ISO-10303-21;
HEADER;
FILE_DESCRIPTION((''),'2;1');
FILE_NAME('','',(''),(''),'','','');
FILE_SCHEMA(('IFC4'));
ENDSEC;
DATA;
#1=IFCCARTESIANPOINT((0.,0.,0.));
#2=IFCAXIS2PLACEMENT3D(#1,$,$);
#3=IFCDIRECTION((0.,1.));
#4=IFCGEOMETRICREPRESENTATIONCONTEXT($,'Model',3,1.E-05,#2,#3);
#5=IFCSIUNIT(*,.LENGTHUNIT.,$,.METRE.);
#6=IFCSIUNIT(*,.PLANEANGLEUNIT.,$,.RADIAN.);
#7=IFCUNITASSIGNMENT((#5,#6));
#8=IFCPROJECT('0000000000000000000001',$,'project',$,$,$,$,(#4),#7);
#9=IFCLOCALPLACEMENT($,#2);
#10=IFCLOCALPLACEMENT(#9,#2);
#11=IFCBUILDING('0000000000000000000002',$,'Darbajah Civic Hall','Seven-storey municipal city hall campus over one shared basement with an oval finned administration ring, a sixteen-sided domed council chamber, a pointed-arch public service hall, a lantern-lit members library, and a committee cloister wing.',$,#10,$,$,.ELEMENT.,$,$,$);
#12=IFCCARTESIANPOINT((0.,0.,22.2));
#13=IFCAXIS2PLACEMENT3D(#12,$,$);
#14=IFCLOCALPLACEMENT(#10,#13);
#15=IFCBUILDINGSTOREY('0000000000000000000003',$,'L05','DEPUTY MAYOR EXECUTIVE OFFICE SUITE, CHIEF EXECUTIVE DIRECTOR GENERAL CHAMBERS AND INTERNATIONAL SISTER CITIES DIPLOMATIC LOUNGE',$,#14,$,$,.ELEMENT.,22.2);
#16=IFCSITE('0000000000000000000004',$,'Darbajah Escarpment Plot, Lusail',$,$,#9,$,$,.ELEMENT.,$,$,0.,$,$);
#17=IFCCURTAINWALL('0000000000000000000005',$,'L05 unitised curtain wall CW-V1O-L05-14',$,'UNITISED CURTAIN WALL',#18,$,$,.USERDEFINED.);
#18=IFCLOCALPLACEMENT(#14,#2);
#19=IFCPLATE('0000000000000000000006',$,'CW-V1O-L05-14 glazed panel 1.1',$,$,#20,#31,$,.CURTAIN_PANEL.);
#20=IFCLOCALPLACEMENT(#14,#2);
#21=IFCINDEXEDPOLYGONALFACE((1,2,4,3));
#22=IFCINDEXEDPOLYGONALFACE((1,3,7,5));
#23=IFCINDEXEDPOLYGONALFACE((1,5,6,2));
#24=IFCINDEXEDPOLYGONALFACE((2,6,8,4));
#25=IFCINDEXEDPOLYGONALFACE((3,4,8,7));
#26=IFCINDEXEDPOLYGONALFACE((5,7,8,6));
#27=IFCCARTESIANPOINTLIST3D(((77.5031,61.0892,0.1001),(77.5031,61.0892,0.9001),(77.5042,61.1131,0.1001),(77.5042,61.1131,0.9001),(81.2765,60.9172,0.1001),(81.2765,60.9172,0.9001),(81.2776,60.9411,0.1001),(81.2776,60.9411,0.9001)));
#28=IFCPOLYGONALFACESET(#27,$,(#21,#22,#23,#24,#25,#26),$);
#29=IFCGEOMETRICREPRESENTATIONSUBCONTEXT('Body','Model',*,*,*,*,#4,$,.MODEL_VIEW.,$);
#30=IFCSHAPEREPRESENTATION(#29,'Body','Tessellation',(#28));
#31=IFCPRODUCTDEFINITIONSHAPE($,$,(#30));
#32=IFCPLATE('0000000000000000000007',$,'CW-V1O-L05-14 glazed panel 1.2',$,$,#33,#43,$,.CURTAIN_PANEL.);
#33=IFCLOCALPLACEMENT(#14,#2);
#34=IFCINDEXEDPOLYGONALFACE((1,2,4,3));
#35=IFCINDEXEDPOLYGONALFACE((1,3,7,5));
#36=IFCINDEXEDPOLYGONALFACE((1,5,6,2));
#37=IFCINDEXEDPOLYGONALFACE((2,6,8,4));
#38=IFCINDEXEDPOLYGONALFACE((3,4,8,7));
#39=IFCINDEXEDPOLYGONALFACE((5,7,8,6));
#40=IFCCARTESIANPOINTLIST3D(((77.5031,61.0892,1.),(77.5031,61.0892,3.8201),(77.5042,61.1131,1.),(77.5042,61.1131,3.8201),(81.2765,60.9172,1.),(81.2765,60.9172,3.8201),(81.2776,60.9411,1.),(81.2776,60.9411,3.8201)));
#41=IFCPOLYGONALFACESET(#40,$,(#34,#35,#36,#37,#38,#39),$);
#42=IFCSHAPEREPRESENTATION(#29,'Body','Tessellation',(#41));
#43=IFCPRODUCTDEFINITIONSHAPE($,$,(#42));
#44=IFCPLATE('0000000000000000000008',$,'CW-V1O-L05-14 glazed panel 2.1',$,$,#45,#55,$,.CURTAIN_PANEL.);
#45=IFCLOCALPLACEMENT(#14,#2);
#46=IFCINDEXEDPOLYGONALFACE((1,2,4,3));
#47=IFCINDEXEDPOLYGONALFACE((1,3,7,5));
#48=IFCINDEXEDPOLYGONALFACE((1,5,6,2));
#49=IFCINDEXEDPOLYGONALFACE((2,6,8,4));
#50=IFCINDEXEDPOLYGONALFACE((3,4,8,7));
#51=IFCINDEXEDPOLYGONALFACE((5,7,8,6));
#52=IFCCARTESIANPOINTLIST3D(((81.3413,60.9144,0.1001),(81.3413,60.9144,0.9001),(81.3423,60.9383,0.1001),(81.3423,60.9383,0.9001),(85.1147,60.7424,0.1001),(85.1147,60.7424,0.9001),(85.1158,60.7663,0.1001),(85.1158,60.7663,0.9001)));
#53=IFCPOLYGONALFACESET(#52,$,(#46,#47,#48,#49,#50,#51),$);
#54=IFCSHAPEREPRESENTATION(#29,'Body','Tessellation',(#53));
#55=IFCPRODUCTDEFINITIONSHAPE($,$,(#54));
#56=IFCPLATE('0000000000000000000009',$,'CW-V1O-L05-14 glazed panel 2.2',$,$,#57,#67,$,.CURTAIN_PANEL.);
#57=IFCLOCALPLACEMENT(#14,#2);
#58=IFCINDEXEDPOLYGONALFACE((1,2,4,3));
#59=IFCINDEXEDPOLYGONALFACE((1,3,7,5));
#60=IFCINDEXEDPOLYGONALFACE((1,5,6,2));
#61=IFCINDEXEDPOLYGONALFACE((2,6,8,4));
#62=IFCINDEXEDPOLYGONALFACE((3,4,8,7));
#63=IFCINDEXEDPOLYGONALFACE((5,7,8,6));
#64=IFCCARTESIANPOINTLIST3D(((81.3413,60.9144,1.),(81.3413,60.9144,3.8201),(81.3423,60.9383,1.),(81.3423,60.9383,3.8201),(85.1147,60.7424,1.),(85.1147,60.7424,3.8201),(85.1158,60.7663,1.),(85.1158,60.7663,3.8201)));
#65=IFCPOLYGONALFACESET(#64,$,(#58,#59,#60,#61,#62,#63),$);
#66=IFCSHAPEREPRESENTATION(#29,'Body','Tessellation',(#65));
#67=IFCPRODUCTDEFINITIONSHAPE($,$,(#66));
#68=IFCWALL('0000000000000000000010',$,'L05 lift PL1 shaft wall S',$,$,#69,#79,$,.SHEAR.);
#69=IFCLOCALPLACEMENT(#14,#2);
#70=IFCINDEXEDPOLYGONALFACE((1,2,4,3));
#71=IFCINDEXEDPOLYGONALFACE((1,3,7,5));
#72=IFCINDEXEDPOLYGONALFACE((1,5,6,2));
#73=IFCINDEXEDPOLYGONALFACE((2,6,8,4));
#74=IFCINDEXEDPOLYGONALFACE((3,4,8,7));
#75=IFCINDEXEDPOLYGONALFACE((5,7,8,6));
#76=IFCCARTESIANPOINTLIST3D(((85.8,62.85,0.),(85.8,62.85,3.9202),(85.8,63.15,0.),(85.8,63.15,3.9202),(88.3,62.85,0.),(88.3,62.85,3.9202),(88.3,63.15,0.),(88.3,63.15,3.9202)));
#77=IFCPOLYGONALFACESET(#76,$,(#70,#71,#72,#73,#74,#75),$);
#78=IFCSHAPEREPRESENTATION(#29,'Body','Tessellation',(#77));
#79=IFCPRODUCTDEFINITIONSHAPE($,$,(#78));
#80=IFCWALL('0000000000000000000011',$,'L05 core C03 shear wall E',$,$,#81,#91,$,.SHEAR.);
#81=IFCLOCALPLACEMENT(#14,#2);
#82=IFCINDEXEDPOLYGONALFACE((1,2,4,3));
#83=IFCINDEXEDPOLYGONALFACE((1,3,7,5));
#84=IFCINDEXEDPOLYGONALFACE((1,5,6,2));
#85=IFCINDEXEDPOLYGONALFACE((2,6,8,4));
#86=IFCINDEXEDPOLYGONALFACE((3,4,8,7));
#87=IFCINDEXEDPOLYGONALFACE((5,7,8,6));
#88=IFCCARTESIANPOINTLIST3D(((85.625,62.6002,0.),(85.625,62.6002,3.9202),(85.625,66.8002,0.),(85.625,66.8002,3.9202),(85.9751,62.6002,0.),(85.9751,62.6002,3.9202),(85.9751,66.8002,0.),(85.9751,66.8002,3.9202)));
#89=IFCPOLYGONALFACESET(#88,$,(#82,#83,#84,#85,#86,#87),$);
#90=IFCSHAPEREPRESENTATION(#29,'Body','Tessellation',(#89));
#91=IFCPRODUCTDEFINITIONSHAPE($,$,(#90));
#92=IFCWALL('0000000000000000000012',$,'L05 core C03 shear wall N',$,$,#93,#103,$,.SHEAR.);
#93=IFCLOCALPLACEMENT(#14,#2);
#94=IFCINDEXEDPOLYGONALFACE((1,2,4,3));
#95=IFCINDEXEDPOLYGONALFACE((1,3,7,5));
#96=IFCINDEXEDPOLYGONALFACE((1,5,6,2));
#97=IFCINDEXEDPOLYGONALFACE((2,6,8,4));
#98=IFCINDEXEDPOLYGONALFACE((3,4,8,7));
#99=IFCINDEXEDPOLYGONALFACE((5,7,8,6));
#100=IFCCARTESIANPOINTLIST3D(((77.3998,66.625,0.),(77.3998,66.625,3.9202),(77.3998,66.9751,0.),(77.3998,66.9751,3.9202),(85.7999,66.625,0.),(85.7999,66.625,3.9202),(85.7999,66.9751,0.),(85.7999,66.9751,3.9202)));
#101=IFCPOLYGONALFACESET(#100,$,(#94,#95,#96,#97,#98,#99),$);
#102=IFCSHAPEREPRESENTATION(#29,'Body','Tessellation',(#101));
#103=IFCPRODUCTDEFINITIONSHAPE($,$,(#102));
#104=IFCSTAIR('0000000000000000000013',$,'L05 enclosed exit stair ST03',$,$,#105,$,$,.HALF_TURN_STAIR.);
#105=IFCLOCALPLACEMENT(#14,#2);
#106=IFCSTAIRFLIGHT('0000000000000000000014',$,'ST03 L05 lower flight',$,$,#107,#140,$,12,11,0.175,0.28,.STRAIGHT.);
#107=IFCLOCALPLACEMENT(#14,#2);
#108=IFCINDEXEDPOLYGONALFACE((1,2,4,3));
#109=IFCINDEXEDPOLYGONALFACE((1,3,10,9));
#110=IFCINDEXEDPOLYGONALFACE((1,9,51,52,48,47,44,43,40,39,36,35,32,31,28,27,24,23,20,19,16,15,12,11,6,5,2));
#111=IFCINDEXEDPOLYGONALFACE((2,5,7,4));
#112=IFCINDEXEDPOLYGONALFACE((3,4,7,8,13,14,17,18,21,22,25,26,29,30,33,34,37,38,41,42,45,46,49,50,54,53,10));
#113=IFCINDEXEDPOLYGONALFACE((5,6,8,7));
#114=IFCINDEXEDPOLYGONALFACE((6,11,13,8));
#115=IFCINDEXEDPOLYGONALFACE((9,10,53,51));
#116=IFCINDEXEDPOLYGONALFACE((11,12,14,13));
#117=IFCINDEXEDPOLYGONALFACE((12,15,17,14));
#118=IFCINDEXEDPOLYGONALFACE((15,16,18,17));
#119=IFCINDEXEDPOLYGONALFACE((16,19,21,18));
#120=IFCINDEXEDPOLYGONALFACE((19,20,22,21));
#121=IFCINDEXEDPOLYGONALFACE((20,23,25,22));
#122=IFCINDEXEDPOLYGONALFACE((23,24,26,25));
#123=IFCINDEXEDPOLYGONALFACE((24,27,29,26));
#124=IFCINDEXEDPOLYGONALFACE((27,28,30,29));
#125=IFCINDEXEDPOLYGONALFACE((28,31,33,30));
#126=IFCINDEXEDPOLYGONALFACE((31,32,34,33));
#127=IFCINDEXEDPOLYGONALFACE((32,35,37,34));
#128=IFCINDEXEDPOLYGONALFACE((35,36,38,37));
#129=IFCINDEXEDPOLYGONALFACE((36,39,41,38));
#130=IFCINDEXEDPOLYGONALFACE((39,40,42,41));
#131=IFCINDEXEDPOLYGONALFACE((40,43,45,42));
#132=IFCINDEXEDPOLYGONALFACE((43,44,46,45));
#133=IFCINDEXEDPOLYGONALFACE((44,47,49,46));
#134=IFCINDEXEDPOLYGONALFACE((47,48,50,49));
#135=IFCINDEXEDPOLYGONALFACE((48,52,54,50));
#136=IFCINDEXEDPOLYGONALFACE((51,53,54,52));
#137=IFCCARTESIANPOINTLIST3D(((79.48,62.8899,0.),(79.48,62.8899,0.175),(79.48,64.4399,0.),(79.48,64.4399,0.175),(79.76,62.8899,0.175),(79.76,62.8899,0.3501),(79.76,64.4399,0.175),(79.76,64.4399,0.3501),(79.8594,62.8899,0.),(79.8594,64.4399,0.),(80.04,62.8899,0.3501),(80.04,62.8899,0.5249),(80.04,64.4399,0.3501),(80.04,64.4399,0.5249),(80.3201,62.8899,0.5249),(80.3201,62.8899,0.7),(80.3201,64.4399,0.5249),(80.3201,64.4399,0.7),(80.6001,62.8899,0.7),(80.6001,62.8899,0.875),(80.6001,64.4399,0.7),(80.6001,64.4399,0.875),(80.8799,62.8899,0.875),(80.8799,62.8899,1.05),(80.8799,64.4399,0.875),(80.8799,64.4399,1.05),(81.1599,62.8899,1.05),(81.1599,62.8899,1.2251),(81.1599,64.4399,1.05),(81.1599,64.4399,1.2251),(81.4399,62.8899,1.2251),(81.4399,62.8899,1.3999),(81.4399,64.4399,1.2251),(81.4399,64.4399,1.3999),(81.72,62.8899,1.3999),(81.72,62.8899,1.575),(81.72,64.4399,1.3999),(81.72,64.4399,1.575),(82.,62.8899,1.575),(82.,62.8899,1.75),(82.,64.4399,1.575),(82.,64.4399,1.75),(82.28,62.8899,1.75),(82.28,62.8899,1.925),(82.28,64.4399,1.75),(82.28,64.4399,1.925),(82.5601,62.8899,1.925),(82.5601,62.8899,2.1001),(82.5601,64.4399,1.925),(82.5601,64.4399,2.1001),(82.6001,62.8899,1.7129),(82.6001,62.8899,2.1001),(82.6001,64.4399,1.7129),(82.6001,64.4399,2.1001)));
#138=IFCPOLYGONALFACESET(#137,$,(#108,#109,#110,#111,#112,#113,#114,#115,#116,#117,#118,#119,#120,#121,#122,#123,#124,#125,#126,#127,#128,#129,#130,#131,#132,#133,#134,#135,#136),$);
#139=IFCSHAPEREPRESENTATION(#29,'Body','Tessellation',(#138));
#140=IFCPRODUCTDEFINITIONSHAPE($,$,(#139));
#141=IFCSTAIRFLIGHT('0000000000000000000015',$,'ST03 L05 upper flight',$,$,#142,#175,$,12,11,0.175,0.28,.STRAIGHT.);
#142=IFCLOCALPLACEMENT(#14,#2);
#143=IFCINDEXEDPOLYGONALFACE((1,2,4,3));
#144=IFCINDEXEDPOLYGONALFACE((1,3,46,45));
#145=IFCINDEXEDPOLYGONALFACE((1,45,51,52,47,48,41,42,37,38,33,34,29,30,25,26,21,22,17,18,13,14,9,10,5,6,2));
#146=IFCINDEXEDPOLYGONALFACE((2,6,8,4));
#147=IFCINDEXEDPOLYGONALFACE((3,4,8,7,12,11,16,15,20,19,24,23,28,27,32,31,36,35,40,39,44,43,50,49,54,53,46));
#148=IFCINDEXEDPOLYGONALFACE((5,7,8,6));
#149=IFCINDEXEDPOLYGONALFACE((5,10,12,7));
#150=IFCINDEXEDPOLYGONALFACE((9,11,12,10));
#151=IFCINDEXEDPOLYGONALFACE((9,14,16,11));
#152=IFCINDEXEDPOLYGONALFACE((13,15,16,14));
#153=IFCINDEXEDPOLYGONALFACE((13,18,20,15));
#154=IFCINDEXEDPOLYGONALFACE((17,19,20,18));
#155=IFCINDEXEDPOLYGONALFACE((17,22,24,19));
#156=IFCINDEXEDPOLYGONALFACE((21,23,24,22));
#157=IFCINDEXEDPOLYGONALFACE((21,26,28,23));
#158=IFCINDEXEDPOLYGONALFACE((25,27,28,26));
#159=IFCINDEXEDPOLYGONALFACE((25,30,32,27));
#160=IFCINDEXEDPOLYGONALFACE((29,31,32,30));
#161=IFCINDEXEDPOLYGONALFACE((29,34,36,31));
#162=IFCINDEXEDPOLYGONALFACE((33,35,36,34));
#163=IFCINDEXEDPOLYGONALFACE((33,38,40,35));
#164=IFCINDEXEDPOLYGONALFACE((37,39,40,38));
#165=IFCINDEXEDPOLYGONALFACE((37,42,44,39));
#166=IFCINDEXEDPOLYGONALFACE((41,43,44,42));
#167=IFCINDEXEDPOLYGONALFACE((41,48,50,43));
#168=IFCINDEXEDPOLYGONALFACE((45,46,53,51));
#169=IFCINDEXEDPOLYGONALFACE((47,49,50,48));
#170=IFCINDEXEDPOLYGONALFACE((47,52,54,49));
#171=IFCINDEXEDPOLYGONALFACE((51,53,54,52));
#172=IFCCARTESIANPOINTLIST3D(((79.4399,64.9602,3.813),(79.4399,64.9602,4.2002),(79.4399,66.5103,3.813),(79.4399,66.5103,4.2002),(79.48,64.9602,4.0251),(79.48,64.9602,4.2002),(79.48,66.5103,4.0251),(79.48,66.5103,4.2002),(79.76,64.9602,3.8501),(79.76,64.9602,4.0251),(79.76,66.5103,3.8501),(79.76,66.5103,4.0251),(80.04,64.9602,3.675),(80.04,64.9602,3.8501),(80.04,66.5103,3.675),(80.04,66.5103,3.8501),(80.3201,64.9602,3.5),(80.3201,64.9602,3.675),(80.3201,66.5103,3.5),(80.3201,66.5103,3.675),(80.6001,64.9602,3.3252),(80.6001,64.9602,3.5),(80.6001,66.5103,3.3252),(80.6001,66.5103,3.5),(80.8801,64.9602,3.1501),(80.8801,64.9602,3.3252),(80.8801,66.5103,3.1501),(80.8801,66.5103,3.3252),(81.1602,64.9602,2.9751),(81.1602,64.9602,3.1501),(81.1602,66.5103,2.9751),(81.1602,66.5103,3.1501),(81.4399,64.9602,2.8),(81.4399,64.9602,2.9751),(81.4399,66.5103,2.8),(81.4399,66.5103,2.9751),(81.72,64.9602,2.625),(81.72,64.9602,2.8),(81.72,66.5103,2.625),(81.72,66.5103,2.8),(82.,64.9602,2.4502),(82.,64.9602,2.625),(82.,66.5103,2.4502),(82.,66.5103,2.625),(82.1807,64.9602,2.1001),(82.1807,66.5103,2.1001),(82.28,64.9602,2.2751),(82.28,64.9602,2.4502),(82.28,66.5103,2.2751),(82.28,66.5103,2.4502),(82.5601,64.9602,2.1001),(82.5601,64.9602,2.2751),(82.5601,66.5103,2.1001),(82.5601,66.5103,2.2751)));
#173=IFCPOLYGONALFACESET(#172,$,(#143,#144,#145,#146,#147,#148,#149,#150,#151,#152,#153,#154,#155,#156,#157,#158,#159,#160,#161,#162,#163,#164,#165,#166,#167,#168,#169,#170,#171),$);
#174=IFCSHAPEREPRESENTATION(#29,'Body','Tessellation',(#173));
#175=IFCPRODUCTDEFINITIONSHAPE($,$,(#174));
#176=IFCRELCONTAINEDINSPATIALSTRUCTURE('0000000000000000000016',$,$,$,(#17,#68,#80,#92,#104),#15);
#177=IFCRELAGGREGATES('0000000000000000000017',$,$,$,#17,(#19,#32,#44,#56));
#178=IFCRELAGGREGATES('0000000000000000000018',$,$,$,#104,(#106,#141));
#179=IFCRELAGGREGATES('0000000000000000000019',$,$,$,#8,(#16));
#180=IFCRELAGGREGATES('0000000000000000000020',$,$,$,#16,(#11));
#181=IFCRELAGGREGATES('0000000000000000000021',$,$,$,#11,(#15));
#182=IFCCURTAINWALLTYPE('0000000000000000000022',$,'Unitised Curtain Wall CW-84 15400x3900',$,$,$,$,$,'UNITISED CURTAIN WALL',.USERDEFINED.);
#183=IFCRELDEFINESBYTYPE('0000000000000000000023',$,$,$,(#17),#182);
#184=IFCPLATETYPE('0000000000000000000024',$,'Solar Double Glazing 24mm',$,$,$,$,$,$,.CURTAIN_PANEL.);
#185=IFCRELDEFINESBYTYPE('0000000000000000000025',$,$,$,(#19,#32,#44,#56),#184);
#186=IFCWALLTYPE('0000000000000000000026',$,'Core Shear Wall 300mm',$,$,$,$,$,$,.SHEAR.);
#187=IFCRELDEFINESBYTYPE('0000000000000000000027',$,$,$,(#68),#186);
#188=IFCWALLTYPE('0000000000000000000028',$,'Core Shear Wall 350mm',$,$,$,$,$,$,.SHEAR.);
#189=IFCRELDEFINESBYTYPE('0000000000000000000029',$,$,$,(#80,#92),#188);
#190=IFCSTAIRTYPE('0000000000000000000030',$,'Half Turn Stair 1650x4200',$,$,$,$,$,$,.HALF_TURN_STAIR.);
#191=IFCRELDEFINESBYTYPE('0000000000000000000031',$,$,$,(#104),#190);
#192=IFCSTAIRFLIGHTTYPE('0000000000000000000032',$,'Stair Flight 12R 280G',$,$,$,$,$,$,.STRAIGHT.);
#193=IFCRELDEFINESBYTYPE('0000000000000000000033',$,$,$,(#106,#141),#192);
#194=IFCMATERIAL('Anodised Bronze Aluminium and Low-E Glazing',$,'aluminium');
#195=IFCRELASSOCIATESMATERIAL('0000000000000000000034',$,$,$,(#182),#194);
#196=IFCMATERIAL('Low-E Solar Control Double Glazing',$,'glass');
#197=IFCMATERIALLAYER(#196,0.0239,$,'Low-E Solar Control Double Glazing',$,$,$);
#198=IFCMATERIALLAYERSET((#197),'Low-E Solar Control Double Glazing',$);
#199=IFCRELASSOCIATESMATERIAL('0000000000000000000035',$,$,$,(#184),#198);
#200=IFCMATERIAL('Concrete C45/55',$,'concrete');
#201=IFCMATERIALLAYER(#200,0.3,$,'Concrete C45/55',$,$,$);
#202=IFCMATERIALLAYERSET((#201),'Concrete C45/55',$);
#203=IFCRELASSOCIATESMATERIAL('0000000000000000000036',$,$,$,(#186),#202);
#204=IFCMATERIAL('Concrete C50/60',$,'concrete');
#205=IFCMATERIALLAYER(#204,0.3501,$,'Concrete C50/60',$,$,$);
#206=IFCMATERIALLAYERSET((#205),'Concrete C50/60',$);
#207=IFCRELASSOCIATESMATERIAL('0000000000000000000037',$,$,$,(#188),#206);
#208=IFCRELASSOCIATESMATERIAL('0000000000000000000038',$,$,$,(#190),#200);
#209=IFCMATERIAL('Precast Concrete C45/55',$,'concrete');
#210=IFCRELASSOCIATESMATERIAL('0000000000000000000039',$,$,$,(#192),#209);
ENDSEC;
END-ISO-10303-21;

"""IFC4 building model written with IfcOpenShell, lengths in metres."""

from ifc_helpers import new_model, si_unit, direction, frame, frame_2d, origin, origin_2d, place, context, subcontext, project, spatial, polyline, rectangle, outline, extrude, material, layer, layer_set, type_object, element, aggregate, save


model = new_model("IFC4")

# Units and contexts
model_context = context("Model", 3, precision=1e-05, world=origin(), true_north=direction((0.0, 1.0)))
body_context = subcontext(model_context, "Body", "Model", "MODEL_VIEW")
ifc_project = project(units=[si_unit("LENGTHUNIT", "METRE"), si_unit("PLANEANGLEUNIT", "RADIAN")], contexts=[model_context])

# Site, building, storey
site_placement = place(None, origin())
site = spatial("IfcSite", under=ifc_project, at=site_placement, Name="Darbajah Escarpment Plot, Lusail", CompositionType="ELEMENT", RefElevation=0.0)
building_placement = place(site_placement, origin())
building = spatial("IfcBuilding", under=site, at=building_placement, Name="Darbajah Civic Hall", Description="Seven-storey municipal city hall campus over one shared basement with an oval finned administration ring, a sixteen-sided domed council chamber, a pointed-arch public service hall, a lantern-lit members library, and a committee cloister wing.", CompositionType="ELEMENT")
storey_placement = place(building_placement, frame((0.0, 0.0, 22.2)))
storey = spatial("IfcBuildingStorey", under=building, at=storey_placement, Name="L05", Description="DEPUTY MAYOR EXECUTIVE OFFICE SUITE, CHIEF EXECUTIVE DIRECTOR GENERAL CHAMBERS AND INTERNATIONAL SISTER CITIES DIPLOMATIC LOUNGE", CompositionType="ELEMENT", Elevation=22.2)

# Curtain wall
ifc_material_1 = material(Name="Anodised Bronze Aluminium and Low-E Glazing", Category="aluminium")
curtain_wall_type = type_object("IfcCurtainWallType", Name="Unitised Curtain Wall CW-84 15400x3900", ElementType="UNITISED CURTAIN WALL", PredefinedType="USERDEFINED", material=ifc_material_1)
curtain_wall_placement = place(storey_placement, origin())
curtain_wall = element("IfcCurtainWall", 1, at=curtain_wall_placement, inside=storey, type_object=curtain_wall_type, Name="L05 unitised curtain wall CW-V1O-L05-14", ObjectType="UNITISED CURTAIN WALL", PredefinedType="USERDEFINED")

# Plates
ifc_material_2 = material(Name="Low-E Solar Control Double Glazing", Category="glass")
ifc_layer_1 = layer(ifc_material_2, 0.0239, Name="Low-E Solar Control Double Glazing")
ifc_layer_set_1 = layer_set([ifc_layer_1], Name="Low-E Solar Control Double Glazing")
plate_type = type_object("IfcPlateType", Name="Solar Double Glazing 24mm", PredefinedType="CURTAIN_PANEL", material=ifc_layer_set_1)
plate_1_placement = place(storey_placement, frame((79.3904, 61.0151, 0.1001), z_axis=(0.0, 0.0, 1.0), x_axis=(0.998963, -0.045537, 0.0)))
plate_1 = element("IfcPlate", 2, at=plate_1_placement, type_object=plate_type, Name="CW-V1O-L05-14 glazed panel 1.1", PredefinedType="CURTAIN_PANEL", context=body_context, shape_type="SweptSolid", body=[
    extrude(rectangle(XDim=3.7773, YDim=0.0239, at=origin_2d()), origin(), (0.0, 0.0, 1.0), 0.8),
])
plate_2_placement = place(storey_placement, frame((79.3904, 61.0151, 1.0), z_axis=(0.0, 0.0, 1.0), x_axis=(0.998963, -0.045537, 0.0)))
plate_2 = element("IfcPlate", 3, at=plate_2_placement, type_object=plate_type, Name="CW-V1O-L05-14 glazed panel 1.2", PredefinedType="CURTAIN_PANEL", context=body_context, shape_type="SweptSolid", body=[
    extrude(rectangle(XDim=3.7773, YDim=0.0239, at=origin_2d()), origin(), (0.0, 0.0, 1.0), 2.8201),
])
plate_3_placement = place(storey_placement, frame((83.2285, 60.8403, 0.1001), z_axis=(0.0, 0.0, 1.0), x_axis=(0.998963, -0.045537, 0.0)))
plate_3 = element("IfcPlate", 4, at=plate_3_placement, type_object=plate_type, Name="CW-V1O-L05-14 glazed panel 2.1", PredefinedType="CURTAIN_PANEL", context=body_context, shape_type="SweptSolid", body=[
    extrude(rectangle(XDim=3.7773, YDim=0.0239, at=origin_2d()), origin(), (0.0, 0.0, 1.0), 0.8),
])
plate_4_placement = place(storey_placement, frame((83.2285, 60.8403, 1.0), z_axis=(0.0, 0.0, 1.0), x_axis=(0.998963, -0.045537, 0.0)))
plate_4 = element("IfcPlate", 5, at=plate_4_placement, type_object=plate_type, Name="CW-V1O-L05-14 glazed panel 2.2", PredefinedType="CURTAIN_PANEL", context=body_context, shape_type="SweptSolid", body=[
    extrude(rectangle(XDim=3.7773, YDim=0.0239, at=origin_2d()), origin(), (0.0, 0.0, 1.0), 2.8201),
])
aggregate(curtain_wall, [plate_1, plate_2, plate_3, plate_4])

# Walls
ifc_material_3 = material(Name="Concrete C45/55", Category="concrete")
ifc_layer_2 = layer(ifc_material_3, 0.3, Name="Concrete C45/55")
ifc_layer_set_2 = layer_set([ifc_layer_2], Name="Concrete C45/55")
wall_type_1 = type_object("IfcWallType", Name="Core Shear Wall 300mm", PredefinedType="SHEAR", material=ifc_layer_set_2)
wall_1_placement = place(storey_placement, frame((85.8, 63.0, 0.0), z_axis=(0.0, 0.0, 1.0), x_axis=(1.0, 0.0, 0.0)))
element("IfcWall", 6, at=wall_1_placement, inside=storey, type_object=wall_type_1, Name="L05 lift PL1 shaft wall S", PredefinedType="SHEAR", context=body_context, shape_type="SweptSolid", body=[
    extrude(rectangle(XDim=2.5, YDim=0.3, at=frame_2d((1.25, 0.0))), origin(), (0.0, 0.0, 1.0), 3.9202),
])
ifc_material_4 = material(Name="Concrete C50/60", Category="concrete")
ifc_layer_3 = layer(ifc_material_4, 0.3501, Name="Concrete C50/60")
ifc_layer_set_3 = layer_set([ifc_layer_3], Name="Concrete C50/60")
wall_type_2 = type_object("IfcWallType", Name="Core Shear Wall 350mm", PredefinedType="SHEAR", material=ifc_layer_set_3)
wall_2_placement = place(storey_placement, frame((85.8, 62.6001, 0.0), z_axis=(0.0, 0.0, 1.0), x_axis=(0.0, 1.0, 0.0)))
element("IfcWall", 7, at=wall_2_placement, inside=storey, type_object=wall_type_2, Name="L05 core C03 shear wall E", PredefinedType="SHEAR", context=body_context, shape_type="SweptSolid", body=[
    extrude(rectangle(XDim=4.2, YDim=0.3501, at=frame_2d((2.1001, 0.0))), origin(), (0.0, 0.0, 1.0), 3.9202),
])
wall_3_placement = place(storey_placement, frame((85.8, 66.8, 0.0), z_axis=(0.0, 0.0, 1.0), x_axis=(-1.0, 0.0, 0.0)))
element("IfcWall", 8, at=wall_3_placement, inside=storey, type_object=wall_type_2, Name="L05 core C03 shear wall N", PredefinedType="SHEAR", context=body_context, shape_type="SweptSolid", body=[
    extrude(rectangle(XDim=8.4001, YDim=0.3501, at=frame_2d((4.2002, 0.0))), origin(), (0.0, 0.0, 1.0), 3.9202),
])

# Stair, stair flights
stair_type = type_object("IfcStairType", Name="Half Turn Stair 1650x4200", PredefinedType="HALF_TURN_STAIR", material=ifc_material_3)
stair_placement = place(storey_placement, origin())
stair = element("IfcStair", 9, at=stair_placement, inside=storey, type_object=stair_type, Name="L05 enclosed exit stair ST03", PredefinedType="HALF_TURN_STAIR")
ifc_material_5 = material(Name="Precast Concrete C45/55", Category="concrete")
stair_flight_type = type_object("IfcStairFlightType", Name="Stair Flight 12R 280G", PredefinedType="STRAIGHT", material=ifc_material_5)
stair_flight_1_placement = place(storey_placement, frame((79.48, 63.665, 0.0), z_axis=(0.0, 0.0, 1.0), x_axis=(1.0, 0.0, 0.0)))
stair_flight_1 = element("IfcStairFlight", 10, at=stair_flight_1_placement, type_object=stair_flight_type, Name="ST03 L05 lower flight", NumberOfRisers=12, NumberOfTreads=11, PredefinedType="STRAIGHT", RiserHeight=0.175, TreadLength=0.28, context=body_context, shape_type="SweptSolid", body=[
    extrude(outline(polyline([(0.0, 0.0), (0.0, 0.175), (0.28, 0.175), (0.28, 0.3501), (0.5601, 0.3501), (0.5601, 0.5249), (0.8401, 0.5249), (0.8401, 0.7), (1.1201, 0.7), (1.1201, 0.875), (1.3999, 0.875), (1.3999, 1.05), (1.6799, 1.05), (1.6799, 1.2251), (1.96, 1.2251), (1.96, 1.3999), (2.24, 1.3999), (2.24, 1.575), (2.52, 1.575), (2.52, 1.75), (2.8, 1.75), (2.8, 1.925), (3.0801, 1.925), (3.0801, 2.1001), (3.1201, 2.1001), (3.1201, 1.7129), (0.3794, 0.0), (0.0, 0.0)])), frame((0.0, 0.7749, 0.0), z_axis=(0.0, -1.0, 0.0), x_axis=(1.0, 0.0, 0.0)), (0.0, 0.0, 1.0), 1.55),
])
stair_flight_2_placement = place(storey_placement, frame((82.5601, 65.7351, 2.1001), z_axis=(0.0, 0.0, 1.0), x_axis=(-1.0, 0.0, 0.0)))
stair_flight_2 = element("IfcStairFlight", 11, at=stair_flight_2_placement, type_object=stair_flight_type, Name="ST03 L05 upper flight", NumberOfRisers=12, NumberOfTreads=11, PredefinedType="STRAIGHT", RiserHeight=0.175, TreadLength=0.28, context=body_context, shape_type="SweptSolid", body=[
    extrude(outline(polyline([(0.0, 0.0), (0.0, 0.175), (0.28, 0.175), (0.28, 0.3501), (0.5601, 0.3501), (0.5601, 0.5249), (0.8401, 0.5249), (0.8401, 0.7), (1.1201, 0.7), (1.1201, 0.875), (1.3999, 0.875), (1.3999, 1.05), (1.6799, 1.05), (1.6799, 1.2251), (1.96, 1.2251), (1.96, 1.3999), (2.24, 1.3999), (2.24, 1.575), (2.52, 1.575), (2.52, 1.75), (2.8, 1.75), (2.8, 1.925), (3.0801, 1.925), (3.0801, 2.1001), (3.1201, 2.1001), (3.1201, 1.7129), (0.3794, 0.0), (0.0, 0.0)])), frame((0.0, 0.7749, 0.0), z_axis=(0.0, -1.0, 0.0), x_axis=(1.0, 0.0, 0.0)), (0.0, 0.0, 1.0), 1.55),
])
aggregate(stair, [stair_flight_1, stair_flight_2])

save(model, "model.ifc")
